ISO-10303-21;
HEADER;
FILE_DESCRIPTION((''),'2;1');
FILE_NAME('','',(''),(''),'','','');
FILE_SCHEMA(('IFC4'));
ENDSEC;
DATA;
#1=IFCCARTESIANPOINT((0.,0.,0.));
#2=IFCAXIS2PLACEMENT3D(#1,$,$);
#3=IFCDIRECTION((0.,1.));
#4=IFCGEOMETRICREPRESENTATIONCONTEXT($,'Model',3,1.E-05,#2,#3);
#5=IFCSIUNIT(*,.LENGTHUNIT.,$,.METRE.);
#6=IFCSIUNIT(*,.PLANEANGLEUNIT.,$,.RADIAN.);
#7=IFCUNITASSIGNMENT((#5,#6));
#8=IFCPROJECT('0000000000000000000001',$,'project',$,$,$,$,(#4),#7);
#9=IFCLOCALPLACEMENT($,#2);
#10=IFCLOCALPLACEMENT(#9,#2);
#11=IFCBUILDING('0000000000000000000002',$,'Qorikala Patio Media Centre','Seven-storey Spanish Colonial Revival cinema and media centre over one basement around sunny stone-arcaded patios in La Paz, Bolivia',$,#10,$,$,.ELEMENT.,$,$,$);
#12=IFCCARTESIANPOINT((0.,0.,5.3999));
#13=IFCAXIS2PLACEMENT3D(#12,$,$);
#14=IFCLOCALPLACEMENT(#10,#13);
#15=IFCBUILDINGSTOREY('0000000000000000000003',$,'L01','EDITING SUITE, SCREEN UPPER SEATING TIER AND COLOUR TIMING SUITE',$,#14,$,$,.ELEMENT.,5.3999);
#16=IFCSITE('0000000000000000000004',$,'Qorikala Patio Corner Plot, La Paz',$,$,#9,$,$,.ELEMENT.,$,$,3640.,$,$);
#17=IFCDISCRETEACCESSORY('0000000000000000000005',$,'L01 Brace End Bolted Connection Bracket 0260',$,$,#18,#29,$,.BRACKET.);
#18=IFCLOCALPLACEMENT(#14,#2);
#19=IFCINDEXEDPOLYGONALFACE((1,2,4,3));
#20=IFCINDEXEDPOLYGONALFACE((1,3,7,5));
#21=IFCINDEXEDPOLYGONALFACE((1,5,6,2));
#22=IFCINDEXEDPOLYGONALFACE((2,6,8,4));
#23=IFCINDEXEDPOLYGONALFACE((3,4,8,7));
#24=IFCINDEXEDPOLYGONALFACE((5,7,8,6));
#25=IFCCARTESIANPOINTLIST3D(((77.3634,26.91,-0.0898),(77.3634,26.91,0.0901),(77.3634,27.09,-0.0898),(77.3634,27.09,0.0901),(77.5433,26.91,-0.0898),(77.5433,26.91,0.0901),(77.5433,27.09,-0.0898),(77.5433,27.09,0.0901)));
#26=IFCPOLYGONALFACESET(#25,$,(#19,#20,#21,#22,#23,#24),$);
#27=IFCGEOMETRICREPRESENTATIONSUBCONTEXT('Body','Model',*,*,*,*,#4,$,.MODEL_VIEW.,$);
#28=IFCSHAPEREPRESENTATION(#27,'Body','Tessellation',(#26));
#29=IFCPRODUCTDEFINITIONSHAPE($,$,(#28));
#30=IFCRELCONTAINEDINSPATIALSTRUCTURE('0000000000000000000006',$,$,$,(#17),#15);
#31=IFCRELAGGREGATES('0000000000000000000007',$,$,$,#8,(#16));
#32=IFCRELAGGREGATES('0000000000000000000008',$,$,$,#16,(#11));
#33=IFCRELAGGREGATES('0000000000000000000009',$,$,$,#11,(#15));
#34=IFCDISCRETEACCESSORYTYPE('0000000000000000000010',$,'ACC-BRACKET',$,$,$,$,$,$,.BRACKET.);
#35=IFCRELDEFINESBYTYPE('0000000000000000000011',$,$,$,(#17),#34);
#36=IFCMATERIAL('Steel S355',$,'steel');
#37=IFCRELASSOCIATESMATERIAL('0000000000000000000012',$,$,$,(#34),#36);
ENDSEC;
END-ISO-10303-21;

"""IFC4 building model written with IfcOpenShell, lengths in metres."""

from ifc_helpers import new_model, si_unit, direction, frame, origin, origin_2d, place, context, subcontext, project, spatial, rectangle, extrude, material, type_object, element, save


model = new_model("IFC4")

# Units and contexts
model_context = context("Model", 3, precision=1e-05, world=origin(), true_north=direction((0.0, 1.0)))
body_context = subcontext(model_context, "Body", "Model", "MODEL_VIEW")
ifc_project = project(units=[si_unit("LENGTHUNIT", "METRE"), si_unit("PLANEANGLEUNIT", "RADIAN")], contexts=[model_context])

# Site, building, storey
site_placement = place(None, origin())
site = spatial("IfcSite", under=ifc_project, at=site_placement, Name="Qorikala Patio Corner Plot, La Paz", CompositionType="ELEMENT", RefElevation=3640.0)
building_placement = place(site_placement, origin())
building = spatial("IfcBuilding", under=site, at=building_placement, Name="Qorikala Patio Media Centre", Description="Seven-storey Spanish Colonial Revival cinema and media centre over one basement around sunny stone-arcaded patios in La Paz, Bolivia", CompositionType="ELEMENT")
storey_placement = place(building_placement, frame((0.0, 0.0, 5.3999)))
storey = spatial("IfcBuildingStorey", under=building, at=storey_placement, Name="L01", Description="EDITING SUITE, SCREEN UPPER SEATING TIER AND COLOUR TIMING SUITE", CompositionType="ELEMENT", Elevation=5.3999)

# Discrete accessory
ifc_material_1 = material(Name="Steel S355", Category="steel")
discrete_accessory_type = type_object("IfcDiscreteAccessoryType", Name="ACC-BRACKET", PredefinedType="BRACKET", material=ifc_material_1)
for number, where, z_axis, x_axis, name in (
    (1, (77.4534, 27.0, -0.0898), (0.0, 0.0, 1.0), (1.0, 0.0, 0.0), "L01 Brace End Bolted Connection Bracket 0260"),
):
    element("IfcDiscreteAccessory", number, at=place(storey_placement, frame(where, z_axis=z_axis, x_axis=x_axis)), inside=storey, type_object=discrete_accessory_type, Name=name, PredefinedType="BRACKET", context=body_context, shape_type="SweptSolid", body=[
        extrude(rectangle(XDim=0.1799, YDim=0.1799, at=origin_2d()), origin(), (0.0, 0.0, 1.0), 0.1799),
    ])

save(model, "model.ifc")
